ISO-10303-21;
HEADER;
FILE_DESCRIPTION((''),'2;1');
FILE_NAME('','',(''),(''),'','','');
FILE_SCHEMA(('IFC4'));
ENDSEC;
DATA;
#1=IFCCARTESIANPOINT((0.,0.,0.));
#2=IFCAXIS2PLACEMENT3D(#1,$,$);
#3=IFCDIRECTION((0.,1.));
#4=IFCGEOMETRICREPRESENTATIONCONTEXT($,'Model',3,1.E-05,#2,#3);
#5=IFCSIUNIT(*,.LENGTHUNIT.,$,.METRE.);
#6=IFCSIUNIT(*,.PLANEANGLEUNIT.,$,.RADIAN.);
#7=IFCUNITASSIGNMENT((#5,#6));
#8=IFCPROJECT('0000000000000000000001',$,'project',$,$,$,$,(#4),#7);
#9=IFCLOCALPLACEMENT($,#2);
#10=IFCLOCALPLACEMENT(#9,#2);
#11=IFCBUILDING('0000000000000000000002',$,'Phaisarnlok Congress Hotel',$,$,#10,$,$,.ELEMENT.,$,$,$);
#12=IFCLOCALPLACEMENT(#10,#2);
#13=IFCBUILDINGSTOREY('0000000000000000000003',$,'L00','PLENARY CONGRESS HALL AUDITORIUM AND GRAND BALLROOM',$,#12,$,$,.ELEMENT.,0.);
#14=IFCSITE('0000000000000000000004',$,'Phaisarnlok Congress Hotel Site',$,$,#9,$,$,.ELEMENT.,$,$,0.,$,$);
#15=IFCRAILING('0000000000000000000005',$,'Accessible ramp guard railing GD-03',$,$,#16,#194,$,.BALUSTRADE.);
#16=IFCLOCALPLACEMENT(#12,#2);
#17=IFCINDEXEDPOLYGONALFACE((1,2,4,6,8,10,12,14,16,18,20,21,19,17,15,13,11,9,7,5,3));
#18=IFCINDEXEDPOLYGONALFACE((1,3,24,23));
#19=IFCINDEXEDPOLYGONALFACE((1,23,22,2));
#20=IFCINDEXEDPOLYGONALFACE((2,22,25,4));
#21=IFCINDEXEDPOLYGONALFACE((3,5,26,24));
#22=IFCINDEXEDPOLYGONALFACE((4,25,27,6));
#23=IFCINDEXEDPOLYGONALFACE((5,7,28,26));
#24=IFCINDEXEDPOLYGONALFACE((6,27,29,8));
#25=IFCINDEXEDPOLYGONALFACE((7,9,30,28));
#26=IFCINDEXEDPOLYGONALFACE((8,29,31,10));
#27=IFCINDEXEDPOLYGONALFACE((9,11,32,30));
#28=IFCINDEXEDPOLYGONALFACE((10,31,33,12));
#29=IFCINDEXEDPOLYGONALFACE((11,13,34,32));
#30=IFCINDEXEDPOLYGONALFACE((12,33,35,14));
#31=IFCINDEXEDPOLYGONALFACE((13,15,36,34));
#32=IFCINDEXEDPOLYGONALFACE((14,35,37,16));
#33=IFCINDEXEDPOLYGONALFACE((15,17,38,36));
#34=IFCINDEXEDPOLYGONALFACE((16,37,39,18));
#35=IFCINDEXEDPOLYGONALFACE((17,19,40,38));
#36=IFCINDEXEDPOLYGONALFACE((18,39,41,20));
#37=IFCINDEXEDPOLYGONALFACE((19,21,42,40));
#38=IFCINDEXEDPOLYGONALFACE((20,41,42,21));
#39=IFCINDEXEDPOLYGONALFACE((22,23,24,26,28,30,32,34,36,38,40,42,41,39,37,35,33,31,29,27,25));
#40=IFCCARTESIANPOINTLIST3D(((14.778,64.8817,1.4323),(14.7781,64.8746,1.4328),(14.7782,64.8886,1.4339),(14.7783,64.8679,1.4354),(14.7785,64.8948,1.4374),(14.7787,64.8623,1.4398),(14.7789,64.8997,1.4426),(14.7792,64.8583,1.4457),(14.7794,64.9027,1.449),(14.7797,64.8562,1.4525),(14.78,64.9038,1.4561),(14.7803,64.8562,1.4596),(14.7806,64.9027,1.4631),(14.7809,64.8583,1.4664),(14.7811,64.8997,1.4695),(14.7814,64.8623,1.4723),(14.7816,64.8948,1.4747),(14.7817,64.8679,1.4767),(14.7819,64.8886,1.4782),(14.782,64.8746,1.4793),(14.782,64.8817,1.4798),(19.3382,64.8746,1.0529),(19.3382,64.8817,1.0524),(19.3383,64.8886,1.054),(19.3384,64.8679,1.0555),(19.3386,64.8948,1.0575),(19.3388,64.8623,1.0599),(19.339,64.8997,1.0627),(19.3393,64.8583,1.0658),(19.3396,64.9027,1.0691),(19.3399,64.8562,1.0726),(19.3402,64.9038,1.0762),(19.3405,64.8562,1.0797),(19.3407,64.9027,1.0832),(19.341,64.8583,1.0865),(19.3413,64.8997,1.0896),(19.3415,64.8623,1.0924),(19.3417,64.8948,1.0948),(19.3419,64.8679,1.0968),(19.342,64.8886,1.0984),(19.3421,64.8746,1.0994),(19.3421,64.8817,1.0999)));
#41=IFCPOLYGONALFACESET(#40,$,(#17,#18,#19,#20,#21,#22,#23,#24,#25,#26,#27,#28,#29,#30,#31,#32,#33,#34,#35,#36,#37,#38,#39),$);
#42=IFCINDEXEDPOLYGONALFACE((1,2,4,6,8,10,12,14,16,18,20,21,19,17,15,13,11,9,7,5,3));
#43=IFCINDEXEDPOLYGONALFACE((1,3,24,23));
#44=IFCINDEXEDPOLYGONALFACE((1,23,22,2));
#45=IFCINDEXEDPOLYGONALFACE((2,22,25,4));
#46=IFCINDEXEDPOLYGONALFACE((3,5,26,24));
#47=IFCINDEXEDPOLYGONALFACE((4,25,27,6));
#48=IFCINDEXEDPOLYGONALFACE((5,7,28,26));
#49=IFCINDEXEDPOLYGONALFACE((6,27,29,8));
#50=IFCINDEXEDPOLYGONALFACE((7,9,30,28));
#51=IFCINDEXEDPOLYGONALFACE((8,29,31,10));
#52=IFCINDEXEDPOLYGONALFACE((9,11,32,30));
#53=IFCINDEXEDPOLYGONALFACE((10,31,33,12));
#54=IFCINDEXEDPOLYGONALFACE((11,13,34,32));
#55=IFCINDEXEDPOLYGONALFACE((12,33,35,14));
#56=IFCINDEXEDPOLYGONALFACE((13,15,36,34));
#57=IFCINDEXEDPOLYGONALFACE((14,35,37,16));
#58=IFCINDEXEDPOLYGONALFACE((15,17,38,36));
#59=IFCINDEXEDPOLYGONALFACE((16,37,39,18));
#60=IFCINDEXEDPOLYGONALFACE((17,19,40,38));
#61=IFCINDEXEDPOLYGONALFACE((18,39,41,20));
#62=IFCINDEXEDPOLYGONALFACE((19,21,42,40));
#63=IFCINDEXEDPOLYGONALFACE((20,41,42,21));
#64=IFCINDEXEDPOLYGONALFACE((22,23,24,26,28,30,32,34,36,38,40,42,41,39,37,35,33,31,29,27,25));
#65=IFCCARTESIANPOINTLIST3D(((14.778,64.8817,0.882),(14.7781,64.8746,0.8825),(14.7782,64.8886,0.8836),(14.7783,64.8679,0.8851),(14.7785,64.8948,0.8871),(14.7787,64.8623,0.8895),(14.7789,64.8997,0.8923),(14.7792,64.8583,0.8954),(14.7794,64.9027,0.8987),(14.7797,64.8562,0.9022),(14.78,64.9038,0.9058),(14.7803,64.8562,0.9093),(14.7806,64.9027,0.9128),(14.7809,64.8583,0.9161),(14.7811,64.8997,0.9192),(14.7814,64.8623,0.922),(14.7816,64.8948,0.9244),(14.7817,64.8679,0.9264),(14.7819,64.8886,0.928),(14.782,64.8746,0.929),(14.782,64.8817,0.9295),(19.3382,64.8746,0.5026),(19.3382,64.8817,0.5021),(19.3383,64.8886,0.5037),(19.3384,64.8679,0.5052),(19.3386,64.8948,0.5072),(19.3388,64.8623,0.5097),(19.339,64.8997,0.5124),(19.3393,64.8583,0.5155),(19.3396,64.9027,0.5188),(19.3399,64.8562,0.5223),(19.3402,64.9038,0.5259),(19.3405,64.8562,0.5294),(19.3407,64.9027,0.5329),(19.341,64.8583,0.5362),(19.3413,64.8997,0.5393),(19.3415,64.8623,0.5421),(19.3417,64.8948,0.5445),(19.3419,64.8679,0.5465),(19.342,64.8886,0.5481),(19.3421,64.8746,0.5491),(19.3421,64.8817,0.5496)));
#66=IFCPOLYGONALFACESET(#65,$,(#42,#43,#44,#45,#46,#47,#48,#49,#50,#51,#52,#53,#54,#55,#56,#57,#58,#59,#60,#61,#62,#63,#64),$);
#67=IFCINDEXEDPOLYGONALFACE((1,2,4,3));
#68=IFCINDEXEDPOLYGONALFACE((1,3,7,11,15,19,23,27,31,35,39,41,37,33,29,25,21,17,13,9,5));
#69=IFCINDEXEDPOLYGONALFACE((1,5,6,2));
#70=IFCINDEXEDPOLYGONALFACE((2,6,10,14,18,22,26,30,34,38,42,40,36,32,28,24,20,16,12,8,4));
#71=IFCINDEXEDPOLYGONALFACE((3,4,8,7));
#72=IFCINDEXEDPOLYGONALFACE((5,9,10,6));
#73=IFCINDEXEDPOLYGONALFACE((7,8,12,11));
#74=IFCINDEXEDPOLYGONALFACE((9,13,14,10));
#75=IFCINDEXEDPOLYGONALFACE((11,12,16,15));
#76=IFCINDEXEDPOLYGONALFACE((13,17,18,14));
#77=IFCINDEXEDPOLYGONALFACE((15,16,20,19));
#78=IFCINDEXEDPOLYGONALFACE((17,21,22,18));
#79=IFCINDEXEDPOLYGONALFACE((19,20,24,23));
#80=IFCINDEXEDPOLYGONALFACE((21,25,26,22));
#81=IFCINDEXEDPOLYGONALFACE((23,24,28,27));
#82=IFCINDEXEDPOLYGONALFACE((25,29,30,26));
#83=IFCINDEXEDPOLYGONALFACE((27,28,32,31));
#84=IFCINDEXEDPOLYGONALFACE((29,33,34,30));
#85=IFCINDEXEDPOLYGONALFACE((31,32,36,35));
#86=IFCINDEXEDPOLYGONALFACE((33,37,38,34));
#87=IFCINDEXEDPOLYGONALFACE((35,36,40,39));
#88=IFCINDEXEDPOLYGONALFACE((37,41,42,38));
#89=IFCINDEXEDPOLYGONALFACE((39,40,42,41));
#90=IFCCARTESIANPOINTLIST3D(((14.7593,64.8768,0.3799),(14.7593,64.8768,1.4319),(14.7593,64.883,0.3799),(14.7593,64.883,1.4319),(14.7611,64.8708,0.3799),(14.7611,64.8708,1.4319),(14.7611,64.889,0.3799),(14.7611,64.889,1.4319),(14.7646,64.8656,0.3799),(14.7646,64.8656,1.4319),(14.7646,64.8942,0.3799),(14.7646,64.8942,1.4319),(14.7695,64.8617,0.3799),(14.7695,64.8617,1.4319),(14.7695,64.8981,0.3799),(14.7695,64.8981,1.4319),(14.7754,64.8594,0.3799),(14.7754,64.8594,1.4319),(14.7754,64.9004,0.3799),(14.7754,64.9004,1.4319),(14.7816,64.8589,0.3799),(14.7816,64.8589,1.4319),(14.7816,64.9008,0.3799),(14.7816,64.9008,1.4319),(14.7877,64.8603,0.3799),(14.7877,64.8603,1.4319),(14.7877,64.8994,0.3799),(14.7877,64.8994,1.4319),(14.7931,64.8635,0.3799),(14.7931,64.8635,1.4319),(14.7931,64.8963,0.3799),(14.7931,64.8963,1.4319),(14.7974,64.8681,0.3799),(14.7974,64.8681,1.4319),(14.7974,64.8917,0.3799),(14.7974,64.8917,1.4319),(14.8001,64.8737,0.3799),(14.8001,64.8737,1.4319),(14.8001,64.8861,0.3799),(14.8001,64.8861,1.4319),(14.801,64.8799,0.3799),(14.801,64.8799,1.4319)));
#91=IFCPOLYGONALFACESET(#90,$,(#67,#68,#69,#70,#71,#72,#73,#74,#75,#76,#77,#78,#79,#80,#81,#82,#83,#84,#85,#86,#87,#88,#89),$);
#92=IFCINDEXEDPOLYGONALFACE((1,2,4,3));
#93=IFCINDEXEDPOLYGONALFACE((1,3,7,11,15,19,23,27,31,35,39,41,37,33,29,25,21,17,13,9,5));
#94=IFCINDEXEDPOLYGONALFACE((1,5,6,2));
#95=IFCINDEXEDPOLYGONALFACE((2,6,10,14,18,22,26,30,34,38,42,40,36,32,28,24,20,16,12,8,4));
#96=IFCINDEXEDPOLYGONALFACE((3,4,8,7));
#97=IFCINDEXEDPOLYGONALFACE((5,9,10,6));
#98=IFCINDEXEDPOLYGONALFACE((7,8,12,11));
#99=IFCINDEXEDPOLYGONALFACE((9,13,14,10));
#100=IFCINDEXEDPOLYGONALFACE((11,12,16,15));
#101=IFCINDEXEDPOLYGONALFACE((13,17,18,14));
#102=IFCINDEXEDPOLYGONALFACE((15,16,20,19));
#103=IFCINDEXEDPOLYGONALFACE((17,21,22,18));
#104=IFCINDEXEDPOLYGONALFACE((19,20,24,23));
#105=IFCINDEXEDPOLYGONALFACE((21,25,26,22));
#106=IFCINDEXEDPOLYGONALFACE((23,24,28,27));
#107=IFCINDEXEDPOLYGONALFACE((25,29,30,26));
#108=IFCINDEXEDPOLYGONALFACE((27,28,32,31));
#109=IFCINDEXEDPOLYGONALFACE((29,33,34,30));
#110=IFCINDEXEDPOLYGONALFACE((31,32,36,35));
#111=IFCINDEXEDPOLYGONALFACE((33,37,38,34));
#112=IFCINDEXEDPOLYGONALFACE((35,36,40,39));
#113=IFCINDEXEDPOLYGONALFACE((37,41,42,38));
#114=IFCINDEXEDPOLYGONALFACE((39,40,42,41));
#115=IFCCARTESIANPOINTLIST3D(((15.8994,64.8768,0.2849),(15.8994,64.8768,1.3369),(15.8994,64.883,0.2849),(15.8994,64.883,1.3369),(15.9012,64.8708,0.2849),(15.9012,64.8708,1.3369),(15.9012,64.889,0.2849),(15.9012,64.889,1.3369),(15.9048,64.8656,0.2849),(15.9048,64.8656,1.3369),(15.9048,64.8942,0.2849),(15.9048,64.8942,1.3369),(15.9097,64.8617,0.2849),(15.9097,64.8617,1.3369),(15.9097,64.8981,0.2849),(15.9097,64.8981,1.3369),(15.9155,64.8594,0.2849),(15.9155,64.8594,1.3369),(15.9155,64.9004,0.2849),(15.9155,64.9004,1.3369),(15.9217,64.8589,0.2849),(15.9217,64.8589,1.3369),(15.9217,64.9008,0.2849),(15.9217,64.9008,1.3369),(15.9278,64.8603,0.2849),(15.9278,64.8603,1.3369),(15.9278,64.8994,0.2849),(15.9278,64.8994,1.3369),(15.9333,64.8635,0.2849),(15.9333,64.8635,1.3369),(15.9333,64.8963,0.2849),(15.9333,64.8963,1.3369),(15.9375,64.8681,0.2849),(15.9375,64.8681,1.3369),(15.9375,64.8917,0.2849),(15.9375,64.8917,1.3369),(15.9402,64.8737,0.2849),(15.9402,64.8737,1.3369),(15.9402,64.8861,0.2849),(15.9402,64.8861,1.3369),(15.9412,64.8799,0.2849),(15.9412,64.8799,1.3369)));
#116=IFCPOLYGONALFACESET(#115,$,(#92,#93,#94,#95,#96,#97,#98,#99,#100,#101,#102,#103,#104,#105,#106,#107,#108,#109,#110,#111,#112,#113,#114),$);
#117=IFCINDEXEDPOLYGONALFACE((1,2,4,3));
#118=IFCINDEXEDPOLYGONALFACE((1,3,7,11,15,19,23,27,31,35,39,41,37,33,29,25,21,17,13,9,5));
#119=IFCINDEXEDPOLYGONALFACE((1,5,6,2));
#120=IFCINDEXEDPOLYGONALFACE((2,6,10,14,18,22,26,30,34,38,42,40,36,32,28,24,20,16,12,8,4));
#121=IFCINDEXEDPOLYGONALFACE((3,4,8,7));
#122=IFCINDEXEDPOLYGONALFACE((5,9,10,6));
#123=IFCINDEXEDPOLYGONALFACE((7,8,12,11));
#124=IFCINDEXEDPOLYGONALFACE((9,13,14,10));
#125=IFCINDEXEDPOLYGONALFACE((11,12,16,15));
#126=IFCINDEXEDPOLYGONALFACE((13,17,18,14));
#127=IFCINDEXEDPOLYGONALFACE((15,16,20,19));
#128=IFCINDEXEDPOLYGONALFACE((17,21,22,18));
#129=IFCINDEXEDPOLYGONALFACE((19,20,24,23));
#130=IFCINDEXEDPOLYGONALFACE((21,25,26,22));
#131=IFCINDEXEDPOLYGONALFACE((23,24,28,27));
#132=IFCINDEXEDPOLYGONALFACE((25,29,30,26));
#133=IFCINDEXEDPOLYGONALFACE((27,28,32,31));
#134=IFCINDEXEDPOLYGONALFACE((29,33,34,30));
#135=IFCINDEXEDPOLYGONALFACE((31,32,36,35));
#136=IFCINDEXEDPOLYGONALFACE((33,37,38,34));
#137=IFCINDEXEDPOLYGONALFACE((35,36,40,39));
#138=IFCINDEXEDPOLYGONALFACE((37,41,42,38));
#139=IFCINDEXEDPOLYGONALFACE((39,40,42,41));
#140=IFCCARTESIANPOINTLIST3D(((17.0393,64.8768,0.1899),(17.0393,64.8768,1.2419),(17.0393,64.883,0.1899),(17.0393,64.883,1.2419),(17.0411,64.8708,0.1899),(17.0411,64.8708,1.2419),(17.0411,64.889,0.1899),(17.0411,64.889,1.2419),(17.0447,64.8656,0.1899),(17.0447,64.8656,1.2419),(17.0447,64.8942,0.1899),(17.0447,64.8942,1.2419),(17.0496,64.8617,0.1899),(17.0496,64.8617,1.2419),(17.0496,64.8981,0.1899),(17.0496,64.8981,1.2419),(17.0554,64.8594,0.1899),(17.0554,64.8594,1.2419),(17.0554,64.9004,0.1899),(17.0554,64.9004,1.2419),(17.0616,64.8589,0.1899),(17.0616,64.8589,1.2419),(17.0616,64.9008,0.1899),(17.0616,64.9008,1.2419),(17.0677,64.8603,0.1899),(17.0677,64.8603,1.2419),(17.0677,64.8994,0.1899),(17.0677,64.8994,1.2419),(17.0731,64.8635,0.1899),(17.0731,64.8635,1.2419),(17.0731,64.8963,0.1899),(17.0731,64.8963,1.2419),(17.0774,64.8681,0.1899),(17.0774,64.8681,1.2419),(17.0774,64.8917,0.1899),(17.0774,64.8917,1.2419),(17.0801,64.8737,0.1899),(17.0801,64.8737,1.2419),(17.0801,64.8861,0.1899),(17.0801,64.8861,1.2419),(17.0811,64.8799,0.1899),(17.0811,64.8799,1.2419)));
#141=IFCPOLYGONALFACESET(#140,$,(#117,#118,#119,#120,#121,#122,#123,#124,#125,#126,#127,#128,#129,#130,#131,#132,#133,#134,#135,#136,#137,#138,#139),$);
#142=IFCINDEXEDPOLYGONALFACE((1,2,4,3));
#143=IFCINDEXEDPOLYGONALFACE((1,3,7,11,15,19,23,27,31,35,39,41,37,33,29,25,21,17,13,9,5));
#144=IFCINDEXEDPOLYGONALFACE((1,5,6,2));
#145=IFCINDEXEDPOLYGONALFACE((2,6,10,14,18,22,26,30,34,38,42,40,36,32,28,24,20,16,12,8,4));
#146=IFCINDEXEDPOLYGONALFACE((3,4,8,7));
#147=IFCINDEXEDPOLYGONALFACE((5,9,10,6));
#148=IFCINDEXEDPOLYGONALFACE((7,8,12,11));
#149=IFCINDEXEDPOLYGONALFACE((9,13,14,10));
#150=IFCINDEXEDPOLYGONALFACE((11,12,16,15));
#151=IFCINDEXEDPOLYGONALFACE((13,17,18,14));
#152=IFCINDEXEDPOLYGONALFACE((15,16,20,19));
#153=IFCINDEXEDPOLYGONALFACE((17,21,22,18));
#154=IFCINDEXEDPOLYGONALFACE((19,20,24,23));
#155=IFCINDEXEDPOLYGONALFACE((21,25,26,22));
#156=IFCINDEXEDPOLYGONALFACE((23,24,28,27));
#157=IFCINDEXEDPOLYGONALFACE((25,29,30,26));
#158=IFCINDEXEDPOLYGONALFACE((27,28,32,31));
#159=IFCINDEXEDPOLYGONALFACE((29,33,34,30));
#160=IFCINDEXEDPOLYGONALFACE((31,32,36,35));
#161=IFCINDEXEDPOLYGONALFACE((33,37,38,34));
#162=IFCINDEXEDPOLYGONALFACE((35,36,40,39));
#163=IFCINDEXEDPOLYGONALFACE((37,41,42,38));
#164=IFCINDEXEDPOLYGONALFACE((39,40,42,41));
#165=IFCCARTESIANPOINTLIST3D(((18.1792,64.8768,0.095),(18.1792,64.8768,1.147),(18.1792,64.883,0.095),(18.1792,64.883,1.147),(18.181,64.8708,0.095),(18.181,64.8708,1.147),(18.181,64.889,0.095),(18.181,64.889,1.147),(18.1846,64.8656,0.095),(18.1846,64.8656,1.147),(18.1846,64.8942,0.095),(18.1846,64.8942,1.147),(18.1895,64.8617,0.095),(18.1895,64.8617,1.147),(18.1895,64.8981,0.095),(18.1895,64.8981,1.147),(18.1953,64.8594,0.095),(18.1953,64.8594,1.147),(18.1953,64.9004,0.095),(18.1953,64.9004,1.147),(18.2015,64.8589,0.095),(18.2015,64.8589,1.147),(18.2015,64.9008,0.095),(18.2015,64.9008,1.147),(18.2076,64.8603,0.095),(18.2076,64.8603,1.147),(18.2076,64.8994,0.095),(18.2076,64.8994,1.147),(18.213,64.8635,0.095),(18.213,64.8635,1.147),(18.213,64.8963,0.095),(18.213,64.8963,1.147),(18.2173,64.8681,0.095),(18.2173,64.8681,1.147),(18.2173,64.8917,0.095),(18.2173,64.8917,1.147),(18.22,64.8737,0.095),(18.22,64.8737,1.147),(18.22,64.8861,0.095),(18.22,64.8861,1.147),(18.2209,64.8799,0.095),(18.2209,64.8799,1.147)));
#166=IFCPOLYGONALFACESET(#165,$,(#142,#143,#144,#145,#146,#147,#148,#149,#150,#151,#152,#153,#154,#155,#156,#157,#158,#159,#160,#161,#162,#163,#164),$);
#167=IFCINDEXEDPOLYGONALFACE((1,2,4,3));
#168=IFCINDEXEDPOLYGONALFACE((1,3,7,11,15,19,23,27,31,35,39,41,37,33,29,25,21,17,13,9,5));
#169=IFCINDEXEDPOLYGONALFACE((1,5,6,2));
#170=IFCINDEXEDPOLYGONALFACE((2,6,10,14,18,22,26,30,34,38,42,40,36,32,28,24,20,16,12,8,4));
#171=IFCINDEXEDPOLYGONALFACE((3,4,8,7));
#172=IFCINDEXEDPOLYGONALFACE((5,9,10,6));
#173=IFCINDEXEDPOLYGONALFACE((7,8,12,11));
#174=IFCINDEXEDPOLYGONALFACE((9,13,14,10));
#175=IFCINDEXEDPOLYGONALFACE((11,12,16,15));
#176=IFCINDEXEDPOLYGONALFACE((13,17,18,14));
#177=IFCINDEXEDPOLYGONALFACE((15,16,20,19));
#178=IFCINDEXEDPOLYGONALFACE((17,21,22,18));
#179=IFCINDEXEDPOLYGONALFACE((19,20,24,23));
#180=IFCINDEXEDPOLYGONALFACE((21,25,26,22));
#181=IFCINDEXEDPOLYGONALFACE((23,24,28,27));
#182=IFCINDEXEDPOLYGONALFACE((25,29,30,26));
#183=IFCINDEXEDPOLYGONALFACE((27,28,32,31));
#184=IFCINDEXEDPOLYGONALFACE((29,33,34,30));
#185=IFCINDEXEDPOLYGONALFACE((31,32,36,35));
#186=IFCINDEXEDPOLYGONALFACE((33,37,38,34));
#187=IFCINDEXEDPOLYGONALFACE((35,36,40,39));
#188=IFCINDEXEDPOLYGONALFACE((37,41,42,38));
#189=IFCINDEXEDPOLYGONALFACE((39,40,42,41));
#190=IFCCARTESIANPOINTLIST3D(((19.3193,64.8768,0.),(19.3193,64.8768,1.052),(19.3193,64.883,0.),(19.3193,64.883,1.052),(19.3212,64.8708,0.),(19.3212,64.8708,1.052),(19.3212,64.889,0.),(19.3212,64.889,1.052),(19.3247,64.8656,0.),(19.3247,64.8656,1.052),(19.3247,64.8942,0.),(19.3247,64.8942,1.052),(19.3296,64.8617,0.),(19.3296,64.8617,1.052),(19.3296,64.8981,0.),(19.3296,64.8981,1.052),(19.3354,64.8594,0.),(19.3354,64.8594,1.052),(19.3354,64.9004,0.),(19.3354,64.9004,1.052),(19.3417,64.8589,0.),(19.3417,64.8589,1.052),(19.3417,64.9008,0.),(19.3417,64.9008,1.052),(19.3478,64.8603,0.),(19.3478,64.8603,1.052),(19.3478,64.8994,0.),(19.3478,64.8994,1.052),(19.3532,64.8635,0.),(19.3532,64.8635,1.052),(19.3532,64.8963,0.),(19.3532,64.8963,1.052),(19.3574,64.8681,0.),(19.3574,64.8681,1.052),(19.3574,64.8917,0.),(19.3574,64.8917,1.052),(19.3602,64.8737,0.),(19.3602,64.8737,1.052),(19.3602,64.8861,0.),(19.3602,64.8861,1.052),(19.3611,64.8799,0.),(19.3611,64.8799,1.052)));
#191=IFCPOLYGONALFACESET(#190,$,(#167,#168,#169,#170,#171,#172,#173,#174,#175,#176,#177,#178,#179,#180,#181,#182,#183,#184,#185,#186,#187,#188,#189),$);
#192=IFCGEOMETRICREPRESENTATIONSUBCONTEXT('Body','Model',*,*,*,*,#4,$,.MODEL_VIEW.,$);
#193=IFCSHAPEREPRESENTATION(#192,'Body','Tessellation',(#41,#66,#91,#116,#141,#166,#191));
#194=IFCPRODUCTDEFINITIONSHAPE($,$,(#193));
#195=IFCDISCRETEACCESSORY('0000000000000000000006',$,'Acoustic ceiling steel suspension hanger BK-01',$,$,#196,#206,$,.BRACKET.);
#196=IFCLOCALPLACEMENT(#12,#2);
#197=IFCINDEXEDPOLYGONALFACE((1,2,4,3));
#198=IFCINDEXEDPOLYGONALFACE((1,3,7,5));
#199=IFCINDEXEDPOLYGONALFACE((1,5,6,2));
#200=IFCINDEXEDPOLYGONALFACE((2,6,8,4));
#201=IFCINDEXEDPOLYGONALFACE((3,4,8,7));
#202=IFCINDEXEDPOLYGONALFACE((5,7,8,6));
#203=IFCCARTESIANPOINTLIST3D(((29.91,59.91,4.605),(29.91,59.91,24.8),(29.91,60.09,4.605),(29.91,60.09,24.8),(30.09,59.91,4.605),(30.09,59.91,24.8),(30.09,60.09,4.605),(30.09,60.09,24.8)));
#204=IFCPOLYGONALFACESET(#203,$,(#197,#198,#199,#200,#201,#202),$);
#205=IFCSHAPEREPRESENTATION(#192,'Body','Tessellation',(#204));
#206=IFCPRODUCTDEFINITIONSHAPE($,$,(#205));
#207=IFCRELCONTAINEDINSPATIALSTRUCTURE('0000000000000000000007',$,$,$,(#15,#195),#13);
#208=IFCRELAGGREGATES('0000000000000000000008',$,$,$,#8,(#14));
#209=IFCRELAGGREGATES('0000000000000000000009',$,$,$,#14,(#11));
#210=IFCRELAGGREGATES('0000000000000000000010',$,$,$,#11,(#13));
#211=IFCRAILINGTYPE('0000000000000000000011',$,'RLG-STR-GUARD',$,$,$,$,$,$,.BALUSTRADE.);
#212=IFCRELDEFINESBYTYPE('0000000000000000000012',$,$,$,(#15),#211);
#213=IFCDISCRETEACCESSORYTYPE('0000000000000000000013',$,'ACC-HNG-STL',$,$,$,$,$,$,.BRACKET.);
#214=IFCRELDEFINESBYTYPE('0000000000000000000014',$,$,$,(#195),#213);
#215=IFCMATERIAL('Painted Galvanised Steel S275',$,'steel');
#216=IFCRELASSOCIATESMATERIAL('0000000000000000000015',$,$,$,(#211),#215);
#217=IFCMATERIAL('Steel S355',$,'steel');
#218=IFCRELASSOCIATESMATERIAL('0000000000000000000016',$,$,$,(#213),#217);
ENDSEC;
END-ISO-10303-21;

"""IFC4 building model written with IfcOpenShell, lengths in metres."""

from ifc_helpers import new_model, si_unit, direction, frame, origin, origin_2d, place, context, subcontext, project, spatial, rectangle, circle, extrude, material, type_object, element, save


model = new_model("IFC4")

# Units and contexts
model_context = context("Model", 3, precision=1e-05, world=origin(), true_north=direction((0.0, 1.0)))
body_context = subcontext(model_context, "Body", "Model", "MODEL_VIEW")
ifc_project = project(units=[si_unit("LENGTHUNIT", "METRE"), si_unit("PLANEANGLEUNIT", "RADIAN")], contexts=[model_context])

# Site, building, storey
site_placement = place(None, origin())
site = spatial("IfcSite", under=ifc_project, at=site_placement, Name="Phaisarnlok Congress Hotel Site", CompositionType="ELEMENT", RefElevation=0.0)
building_placement = place(site_placement, origin())
building = spatial("IfcBuilding", under=site, at=building_placement, Name="Phaisarnlok Congress Hotel", CompositionType="ELEMENT")
storey_placement = place(building_placement, origin())
storey = spatial("IfcBuildingStorey", under=building, at=storey_placement, Name="L00", Description="PLENARY CONGRESS HALL AUDITORIUM AND GRAND BALLROOM", CompositionType="ELEMENT", Elevation=0.0)

# Shared definitions
ifc_material_1 = material(Name="Steel S355", Category="steel")

# Railing
ifc_material_2 = material(Name="Painted Galvanised Steel S275", Category="steel")
railing_type_1 = type_object("IfcRailingType", Name="RLG-STR-GUARD", PredefinedType="BALUSTRADE", material=ifc_material_2)
for number, where, name in (
    (1, (14.78, 64.8799, 0.3799), "Accessible ramp guard railing GD-03"),
):
    element("IfcRailing", number, at=place(storey_placement, frame(where)), inside=storey, type_object=railing_type_1, Name=name, PredefinedType="BALUSTRADE", context=body_context, shape_type="SweptSolid", body=[
        extrude(circle(Radius=0.0239, at=origin_2d()), frame((0.0, 0.0, 1.0762), z_axis=(0.996548, 0.0, -0.083019), x_axis=(0.0, 1.0, 0.0)), (0.0, 0.0, 1.0), 4.5759),
        extrude(circle(Radius=0.0239, at=origin_2d()), frame((0.0, 0.0, 0.5259), z_axis=(0.996548, 0.0, -0.083019), x_axis=(0.0, 1.0, 0.0)), (0.0, 0.0, 1.0), 4.5759),
        extrude(circle(Radius=0.021, at=origin_2d()), origin(), (0.0, 0.0, 1.0), 1.052),
        extrude(circle(Radius=0.021, at=origin_2d()), frame((1.1401, 0.0, -0.095)), (0.0, 0.0, 1.0), 1.052),
        extrude(circle(Radius=0.021, at=origin_2d()), frame((2.28, 0.0, -0.1899)), (0.0, 0.0, 1.0), 1.052),
        extrude(circle(Radius=0.021, at=origin_2d()), frame((3.4199, 0.0, -0.2849)), (0.0, 0.0, 1.0), 1.052),
        extrude(circle(Radius=0.021, at=origin_2d()), frame((4.5601, 0.0, -0.3799)), (0.0, 0.0, 1.0), 1.052),
    ])

# Discrete accessory
discrete_accessory_type = type_object("IfcDiscreteAccessoryType", Name="ACC-HNG-STL", PredefinedType="BRACKET", material=ifc_material_1)
discrete_accessory_placement = place(storey_placement, frame((30.0, 60.0, 4.605), z_axis=(0.0, 0.0, 1.0), x_axis=(1.0, 0.0, 0.0)))
element("IfcDiscreteAccessory", 2, at=discrete_accessory_placement, inside=storey, type_object=discrete_accessory_type, Name="Acoustic ceiling steel suspension hanger BK-01", PredefinedType="BRACKET", context=body_context, shape_type="SweptSolid", body=[
    extrude(rectangle(XDim=0.1799, YDim=0.1799, at=origin_2d()), origin(), (0.0, 0.0, 1.0), 20.1951),
])

save(model, "model.ifc")
